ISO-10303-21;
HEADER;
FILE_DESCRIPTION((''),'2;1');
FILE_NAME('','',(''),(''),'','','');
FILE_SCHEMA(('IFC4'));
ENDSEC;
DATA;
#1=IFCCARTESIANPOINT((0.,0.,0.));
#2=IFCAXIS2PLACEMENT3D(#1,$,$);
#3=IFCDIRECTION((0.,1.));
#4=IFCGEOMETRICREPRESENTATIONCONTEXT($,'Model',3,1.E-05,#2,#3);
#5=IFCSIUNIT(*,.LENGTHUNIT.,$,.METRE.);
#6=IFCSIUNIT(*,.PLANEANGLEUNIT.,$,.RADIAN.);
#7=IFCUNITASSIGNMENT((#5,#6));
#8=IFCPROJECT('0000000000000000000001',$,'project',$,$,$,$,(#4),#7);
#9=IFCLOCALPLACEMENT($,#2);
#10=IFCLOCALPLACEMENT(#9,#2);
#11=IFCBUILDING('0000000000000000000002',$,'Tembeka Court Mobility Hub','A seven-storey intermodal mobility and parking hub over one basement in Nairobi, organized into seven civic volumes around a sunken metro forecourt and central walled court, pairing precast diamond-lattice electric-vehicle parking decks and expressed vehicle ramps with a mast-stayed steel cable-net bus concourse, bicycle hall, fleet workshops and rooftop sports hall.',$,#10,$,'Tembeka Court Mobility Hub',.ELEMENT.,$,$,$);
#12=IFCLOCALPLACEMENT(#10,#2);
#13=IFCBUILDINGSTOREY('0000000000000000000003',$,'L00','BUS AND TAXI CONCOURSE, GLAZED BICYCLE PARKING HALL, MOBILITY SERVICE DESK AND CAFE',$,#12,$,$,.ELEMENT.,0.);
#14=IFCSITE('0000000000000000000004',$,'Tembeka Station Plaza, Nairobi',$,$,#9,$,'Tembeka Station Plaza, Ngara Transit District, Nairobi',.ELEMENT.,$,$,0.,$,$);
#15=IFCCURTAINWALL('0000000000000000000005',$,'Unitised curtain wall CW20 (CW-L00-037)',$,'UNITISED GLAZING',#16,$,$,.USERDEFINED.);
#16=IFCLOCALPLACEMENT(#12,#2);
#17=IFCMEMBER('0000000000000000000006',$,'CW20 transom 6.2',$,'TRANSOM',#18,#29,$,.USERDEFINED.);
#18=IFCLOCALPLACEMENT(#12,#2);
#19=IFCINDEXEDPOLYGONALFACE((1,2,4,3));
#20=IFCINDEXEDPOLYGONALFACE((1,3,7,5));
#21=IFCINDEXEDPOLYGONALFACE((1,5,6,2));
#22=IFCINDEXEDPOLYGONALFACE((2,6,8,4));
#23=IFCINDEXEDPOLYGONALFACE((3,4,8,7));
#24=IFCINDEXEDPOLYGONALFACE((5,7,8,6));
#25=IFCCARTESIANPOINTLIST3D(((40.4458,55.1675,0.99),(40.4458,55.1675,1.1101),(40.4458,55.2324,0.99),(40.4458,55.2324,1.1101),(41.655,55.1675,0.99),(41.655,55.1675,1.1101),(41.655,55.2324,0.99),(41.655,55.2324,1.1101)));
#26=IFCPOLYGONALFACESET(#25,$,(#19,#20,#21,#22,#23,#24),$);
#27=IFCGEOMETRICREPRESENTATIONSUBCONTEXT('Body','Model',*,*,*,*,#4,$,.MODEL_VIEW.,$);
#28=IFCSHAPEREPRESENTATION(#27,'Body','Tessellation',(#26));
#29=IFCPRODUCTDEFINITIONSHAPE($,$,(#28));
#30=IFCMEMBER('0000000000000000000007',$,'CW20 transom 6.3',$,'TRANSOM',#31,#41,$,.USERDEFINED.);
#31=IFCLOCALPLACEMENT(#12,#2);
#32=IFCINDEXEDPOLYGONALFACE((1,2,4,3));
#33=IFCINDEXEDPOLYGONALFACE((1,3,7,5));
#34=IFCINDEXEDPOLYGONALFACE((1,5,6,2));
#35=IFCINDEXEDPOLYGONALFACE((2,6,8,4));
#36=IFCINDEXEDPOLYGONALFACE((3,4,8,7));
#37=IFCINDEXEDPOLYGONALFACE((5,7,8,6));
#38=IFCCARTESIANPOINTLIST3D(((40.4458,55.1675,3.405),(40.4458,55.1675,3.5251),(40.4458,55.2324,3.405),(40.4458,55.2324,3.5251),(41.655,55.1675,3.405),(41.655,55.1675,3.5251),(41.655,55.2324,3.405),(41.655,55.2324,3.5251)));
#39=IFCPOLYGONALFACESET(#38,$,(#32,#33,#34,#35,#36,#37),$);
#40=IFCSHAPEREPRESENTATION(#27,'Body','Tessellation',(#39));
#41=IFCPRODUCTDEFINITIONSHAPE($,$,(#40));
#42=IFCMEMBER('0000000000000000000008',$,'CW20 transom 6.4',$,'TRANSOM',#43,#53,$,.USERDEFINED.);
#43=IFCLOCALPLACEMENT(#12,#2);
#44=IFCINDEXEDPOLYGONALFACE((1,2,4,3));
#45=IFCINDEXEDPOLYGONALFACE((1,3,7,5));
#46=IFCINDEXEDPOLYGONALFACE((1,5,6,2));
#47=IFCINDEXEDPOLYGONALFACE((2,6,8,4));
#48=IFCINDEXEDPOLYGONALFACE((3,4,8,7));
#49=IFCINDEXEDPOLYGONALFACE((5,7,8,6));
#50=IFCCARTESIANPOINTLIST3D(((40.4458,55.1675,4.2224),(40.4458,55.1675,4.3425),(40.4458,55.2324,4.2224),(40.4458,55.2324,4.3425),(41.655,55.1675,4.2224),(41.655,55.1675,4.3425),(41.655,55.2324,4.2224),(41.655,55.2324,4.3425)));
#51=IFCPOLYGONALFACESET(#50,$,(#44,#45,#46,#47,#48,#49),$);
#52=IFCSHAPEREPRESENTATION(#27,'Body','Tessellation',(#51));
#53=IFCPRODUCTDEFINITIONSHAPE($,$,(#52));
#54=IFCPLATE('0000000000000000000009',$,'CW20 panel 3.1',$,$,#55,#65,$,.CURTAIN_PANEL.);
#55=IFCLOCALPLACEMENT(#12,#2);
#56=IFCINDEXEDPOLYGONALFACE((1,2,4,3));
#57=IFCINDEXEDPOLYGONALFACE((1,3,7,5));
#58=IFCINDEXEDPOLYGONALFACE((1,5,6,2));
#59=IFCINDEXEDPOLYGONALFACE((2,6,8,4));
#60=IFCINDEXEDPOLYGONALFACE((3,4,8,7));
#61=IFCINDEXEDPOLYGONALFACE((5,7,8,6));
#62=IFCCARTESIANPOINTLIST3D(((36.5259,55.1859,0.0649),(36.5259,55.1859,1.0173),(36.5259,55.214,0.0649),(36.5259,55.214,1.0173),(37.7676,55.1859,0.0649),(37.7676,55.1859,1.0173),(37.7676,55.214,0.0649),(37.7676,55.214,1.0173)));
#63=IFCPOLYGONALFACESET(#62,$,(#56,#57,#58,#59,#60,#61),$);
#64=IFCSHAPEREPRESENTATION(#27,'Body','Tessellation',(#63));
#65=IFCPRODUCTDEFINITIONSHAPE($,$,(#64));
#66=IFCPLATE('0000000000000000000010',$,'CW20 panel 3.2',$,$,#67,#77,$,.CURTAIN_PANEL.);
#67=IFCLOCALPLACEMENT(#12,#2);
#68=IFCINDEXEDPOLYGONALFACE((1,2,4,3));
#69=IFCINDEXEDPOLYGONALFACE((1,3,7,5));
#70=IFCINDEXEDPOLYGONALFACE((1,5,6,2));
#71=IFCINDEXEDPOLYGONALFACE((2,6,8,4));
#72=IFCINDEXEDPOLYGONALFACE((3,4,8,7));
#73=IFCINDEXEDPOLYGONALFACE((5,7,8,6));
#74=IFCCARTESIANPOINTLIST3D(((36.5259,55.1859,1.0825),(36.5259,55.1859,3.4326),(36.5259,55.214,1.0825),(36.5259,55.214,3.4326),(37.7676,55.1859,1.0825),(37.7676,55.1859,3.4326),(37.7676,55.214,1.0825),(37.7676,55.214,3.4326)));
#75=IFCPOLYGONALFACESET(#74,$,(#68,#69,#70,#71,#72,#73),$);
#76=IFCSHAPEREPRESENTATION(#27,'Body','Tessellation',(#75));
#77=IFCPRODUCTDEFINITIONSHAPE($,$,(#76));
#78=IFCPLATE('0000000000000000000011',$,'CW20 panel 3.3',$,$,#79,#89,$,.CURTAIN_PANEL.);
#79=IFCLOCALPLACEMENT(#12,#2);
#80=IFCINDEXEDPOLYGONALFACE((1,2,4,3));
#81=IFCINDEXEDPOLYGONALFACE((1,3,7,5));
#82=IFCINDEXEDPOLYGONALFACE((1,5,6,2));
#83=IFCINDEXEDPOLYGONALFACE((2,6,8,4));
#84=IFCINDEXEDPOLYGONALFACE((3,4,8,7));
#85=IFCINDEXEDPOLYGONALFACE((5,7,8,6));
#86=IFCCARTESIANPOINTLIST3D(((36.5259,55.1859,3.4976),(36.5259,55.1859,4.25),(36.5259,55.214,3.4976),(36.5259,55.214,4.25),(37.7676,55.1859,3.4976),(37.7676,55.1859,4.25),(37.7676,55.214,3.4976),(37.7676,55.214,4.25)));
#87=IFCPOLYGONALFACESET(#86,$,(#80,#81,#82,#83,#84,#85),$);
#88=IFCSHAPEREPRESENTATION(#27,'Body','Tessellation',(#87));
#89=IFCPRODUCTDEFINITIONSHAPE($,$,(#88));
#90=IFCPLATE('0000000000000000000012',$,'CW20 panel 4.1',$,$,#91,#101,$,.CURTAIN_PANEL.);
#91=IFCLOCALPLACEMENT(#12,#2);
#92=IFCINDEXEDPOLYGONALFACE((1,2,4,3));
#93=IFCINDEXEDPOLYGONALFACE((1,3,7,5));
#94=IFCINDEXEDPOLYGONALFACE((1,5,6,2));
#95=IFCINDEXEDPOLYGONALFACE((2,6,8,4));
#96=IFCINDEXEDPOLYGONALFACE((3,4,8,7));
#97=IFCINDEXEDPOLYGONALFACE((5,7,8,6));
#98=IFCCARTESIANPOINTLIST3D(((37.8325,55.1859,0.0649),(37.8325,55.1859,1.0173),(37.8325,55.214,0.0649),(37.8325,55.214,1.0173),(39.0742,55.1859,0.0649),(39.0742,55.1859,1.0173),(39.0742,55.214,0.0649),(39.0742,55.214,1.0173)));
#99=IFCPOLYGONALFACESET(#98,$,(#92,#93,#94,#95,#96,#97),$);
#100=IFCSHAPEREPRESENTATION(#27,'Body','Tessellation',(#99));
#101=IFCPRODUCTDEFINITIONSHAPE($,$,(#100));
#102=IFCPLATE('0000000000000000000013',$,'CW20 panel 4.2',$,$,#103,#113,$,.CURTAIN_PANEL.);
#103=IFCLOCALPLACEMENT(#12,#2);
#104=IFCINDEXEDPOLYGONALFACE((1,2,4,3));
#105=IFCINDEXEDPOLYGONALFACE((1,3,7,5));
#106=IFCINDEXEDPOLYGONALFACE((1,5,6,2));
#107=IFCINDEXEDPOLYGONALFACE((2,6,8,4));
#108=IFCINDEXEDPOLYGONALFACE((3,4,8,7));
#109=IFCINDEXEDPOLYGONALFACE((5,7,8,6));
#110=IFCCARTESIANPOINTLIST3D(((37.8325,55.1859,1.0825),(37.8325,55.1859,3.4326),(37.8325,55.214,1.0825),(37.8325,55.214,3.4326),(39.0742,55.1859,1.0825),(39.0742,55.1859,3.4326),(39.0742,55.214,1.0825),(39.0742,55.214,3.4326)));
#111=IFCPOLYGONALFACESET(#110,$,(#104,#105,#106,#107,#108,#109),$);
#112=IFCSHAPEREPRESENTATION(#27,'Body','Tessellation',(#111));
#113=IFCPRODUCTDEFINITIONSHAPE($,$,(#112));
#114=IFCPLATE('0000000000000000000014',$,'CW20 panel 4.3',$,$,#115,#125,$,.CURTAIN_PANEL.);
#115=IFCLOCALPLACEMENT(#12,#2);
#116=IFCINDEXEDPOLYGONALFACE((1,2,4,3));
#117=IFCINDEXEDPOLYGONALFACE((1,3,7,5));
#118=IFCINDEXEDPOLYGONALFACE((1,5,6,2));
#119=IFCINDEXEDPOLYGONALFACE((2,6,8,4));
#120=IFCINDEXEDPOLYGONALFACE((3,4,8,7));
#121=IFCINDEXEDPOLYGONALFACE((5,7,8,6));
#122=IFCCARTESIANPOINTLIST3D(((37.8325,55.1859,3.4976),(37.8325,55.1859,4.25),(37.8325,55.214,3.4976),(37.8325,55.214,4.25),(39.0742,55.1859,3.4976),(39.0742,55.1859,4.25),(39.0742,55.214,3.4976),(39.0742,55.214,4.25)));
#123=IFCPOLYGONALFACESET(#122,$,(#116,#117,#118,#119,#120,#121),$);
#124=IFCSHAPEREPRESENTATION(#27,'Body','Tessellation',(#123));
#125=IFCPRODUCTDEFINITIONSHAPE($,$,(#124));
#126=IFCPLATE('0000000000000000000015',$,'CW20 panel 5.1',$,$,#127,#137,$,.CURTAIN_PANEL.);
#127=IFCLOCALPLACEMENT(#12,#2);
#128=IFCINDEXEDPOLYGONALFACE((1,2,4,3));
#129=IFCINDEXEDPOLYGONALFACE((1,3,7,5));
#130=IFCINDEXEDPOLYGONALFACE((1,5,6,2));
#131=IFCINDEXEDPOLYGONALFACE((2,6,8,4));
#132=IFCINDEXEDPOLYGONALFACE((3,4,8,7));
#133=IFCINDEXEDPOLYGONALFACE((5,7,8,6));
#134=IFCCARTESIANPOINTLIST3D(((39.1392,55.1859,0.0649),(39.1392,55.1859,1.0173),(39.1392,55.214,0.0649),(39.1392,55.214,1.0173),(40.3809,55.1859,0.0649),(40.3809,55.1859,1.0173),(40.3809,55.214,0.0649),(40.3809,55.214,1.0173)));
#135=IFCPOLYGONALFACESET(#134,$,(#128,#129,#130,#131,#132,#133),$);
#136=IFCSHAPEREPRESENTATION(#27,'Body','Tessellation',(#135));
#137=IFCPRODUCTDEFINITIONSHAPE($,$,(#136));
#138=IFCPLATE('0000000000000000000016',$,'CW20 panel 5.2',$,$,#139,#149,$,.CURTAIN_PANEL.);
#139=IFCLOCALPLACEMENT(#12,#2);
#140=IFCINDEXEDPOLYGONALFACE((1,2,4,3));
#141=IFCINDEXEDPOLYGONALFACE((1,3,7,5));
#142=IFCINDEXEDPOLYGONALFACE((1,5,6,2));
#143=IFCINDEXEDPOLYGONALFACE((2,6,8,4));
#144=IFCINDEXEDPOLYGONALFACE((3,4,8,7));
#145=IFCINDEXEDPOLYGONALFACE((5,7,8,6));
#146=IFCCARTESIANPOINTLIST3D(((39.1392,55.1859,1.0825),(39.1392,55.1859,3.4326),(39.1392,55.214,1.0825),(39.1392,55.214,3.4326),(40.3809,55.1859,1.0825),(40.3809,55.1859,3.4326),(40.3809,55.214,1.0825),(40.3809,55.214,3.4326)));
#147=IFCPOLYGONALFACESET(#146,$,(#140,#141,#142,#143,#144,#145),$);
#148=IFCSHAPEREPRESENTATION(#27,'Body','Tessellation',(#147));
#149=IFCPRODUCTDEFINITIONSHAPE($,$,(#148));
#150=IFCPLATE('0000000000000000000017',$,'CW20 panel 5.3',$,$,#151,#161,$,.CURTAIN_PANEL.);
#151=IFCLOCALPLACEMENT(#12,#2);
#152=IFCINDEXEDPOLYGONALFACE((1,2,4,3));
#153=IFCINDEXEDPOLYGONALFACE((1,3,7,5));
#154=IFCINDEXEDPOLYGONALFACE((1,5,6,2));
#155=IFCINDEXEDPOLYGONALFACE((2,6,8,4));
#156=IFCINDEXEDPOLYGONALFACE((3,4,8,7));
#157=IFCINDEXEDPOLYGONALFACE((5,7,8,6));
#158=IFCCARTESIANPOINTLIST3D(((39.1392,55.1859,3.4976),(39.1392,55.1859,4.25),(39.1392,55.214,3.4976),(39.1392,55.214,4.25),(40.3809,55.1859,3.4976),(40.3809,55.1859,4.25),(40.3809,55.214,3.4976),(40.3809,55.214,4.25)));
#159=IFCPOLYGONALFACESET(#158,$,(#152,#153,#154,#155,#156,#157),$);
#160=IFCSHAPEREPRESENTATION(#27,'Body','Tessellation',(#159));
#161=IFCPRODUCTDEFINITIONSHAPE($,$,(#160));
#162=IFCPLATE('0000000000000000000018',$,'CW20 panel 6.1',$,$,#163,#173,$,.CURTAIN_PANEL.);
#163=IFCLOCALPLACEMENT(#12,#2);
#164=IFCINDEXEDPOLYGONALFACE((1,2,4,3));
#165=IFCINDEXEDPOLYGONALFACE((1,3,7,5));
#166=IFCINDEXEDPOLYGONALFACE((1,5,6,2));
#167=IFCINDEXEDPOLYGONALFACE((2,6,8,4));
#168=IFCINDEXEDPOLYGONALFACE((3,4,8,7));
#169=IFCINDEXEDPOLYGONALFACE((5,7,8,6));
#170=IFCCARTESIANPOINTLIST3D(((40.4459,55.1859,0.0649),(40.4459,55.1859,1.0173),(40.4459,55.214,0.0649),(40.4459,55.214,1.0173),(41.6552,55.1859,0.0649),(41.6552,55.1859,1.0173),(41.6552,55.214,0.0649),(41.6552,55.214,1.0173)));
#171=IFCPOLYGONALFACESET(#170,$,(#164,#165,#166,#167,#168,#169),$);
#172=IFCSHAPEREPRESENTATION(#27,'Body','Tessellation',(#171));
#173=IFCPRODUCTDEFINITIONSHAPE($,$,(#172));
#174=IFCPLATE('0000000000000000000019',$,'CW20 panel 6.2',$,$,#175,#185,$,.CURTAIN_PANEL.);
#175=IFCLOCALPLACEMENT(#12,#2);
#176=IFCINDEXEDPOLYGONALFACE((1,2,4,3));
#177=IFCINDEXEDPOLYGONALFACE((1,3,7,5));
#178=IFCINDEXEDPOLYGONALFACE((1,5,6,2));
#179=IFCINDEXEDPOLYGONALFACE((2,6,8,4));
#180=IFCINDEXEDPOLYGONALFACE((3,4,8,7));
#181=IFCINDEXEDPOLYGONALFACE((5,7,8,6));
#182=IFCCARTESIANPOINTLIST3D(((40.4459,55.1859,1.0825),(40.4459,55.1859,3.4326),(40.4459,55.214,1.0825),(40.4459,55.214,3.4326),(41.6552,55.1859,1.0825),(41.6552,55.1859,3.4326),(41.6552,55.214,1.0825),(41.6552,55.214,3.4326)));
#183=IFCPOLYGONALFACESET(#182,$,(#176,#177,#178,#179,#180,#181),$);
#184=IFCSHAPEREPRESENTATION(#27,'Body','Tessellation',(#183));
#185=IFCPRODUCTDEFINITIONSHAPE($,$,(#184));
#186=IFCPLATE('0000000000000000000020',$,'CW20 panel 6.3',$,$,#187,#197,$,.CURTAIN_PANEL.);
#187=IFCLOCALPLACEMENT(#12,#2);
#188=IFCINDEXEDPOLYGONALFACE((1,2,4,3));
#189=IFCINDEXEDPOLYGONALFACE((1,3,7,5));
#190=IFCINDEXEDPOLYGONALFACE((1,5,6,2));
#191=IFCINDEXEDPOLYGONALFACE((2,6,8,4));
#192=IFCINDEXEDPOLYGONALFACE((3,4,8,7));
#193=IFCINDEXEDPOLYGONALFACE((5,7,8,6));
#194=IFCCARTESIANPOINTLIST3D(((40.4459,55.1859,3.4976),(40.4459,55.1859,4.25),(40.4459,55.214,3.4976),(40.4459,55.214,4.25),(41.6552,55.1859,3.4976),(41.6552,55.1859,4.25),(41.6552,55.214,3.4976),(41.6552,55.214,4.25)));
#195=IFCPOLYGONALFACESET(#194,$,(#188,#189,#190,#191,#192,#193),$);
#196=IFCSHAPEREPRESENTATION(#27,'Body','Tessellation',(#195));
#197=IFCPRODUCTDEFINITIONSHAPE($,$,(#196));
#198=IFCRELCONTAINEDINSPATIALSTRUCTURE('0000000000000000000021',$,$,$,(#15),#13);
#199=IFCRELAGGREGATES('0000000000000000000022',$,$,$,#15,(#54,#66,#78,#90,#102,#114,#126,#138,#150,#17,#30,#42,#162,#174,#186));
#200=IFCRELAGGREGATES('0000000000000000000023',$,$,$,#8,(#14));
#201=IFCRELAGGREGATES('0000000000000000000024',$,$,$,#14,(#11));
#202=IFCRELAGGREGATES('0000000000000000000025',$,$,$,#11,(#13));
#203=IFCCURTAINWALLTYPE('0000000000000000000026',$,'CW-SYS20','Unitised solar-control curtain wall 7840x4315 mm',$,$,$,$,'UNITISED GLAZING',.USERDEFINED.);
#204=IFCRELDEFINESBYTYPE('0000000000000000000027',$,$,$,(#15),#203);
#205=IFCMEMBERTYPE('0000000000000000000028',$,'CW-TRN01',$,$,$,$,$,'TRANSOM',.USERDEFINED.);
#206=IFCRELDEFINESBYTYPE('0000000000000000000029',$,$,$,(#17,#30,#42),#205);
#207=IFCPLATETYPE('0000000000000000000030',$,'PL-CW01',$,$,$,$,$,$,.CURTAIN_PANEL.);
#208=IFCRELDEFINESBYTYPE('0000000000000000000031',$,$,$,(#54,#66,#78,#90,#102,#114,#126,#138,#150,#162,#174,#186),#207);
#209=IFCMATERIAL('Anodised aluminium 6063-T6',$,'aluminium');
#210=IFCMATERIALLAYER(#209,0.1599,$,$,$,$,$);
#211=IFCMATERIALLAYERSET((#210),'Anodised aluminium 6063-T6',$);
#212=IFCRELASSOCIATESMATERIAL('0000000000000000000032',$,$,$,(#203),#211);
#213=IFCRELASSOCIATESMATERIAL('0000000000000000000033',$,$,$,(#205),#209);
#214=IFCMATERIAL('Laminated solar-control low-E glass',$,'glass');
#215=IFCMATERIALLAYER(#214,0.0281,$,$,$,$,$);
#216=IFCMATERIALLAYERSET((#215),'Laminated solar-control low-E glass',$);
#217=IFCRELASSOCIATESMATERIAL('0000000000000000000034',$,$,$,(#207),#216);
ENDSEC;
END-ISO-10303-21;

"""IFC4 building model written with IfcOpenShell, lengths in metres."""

from ifc_helpers import new_model, si_unit, direction, frame, origin, origin_2d, place, context, subcontext, project, spatial, rectangle, extrude, material, layer, layer_set, material_profile, profile_set, type_object, element, aggregate, save


model = new_model("IFC4")

# Units and contexts
model_context = context("Model", 3, precision=1e-05, world=origin(), true_north=direction((0.0, 1.0)))
body_context = subcontext(model_context, "Body", "Model", "MODEL_VIEW")
ifc_project = project(units=[si_unit("LENGTHUNIT", "METRE"), si_unit("PLANEANGLEUNIT", "RADIAN")], contexts=[model_context])

# Site, building, storey
site_placement = place(None, origin())
site = spatial("IfcSite", under=ifc_project, at=site_placement, Name="Tembeka Station Plaza, Nairobi", LongName="Tembeka Station Plaza, Ngara Transit District, Nairobi", CompositionType="ELEMENT", RefElevation=0.0)
building_placement = place(site_placement, origin())
building = spatial("IfcBuilding", under=site, at=building_placement, Name="Tembeka Court Mobility Hub", Description="A seven-storey intermodal mobility and parking hub over one basement in Nairobi, organized into seven civic volumes around a sunken metro forecourt and central walled court, pairing precast diamond-lattice electric-vehicle parking decks and expressed vehicle ramps with a mast-stayed steel cable-net bus concourse, bicycle hall, fleet workshops and rooftop sports hall.", LongName="Tembeka Court Mobility Hub", CompositionType="ELEMENT")
storey_placement = place(building_placement, origin())
storey = spatial("IfcBuildingStorey", under=building, at=storey_placement, Name="L00", Description="BUS AND TAXI CONCOURSE, GLAZED BICYCLE PARKING HALL, MOBILITY SERVICE DESK AND CAFE", CompositionType="ELEMENT", Elevation=0.0)

# Curtain wall, members, plates
ifc_material_1 = material(Name="Anodised aluminium 6063-T6", Category="aluminium")
ifc_layer_1 = layer(ifc_material_1, 0.1599)
ifc_layer_set_1 = layer_set([ifc_layer_1], Name="Anodised aluminium 6063-T6")
curtain_wall_type = type_object("IfcCurtainWallType", Name="CW-SYS20", Description="Unitised solar-control curtain wall 7840x4315 mm", ElementType="UNITISED GLAZING", PredefinedType="USERDEFINED", material=ifc_layer_set_1)
curtain_wall_placement = place(storey_placement, origin())
curtain_wall = element("IfcCurtainWall", 1, at=curtain_wall_placement, inside=storey, type_object=curtain_wall_type, Name="Unitised curtain wall CW20 (CW-L00-037)", ObjectType="UNITISED GLAZING", PredefinedType="USERDEFINED")
ifc_material_profile_1 = material_profile(ifc_material_1, rectangle(XDim=0.0649, YDim=0.1201, at=origin_2d()), Name="ALU-TRN 65x120")
ifc_profile_set_1 = profile_set([ifc_material_profile_1], Name="Anodised aluminium 6063-T6")
member_type_1 = type_object("IfcMemberType", Name="CW-TRN01", ElementType="TRANSOM", PredefinedType="USERDEFINED", material=ifc_profile_set_1)
member_1_placement = place(storey_placement, frame((40.4458, 55.2, 1.05), z_axis=(1.0, 0.0, 0.0), x_axis=(0.0, 1.0, 0.0)))
member_1 = element("IfcMember", 2, at=member_1_placement, type_object=member_type_1, Name="CW20 transom 6.2", ObjectType="TRANSOM", PredefinedType="USERDEFINED", context=body_context, shape_type="SweptSolid", body=[
    extrude(rectangle(XDim=0.0649, YDim=0.1201, at=origin_2d()), origin(), (0.0, 0.0, 1.0), 1.2092),
])
member_2_placement = place(storey_placement, frame((40.4458, 55.2, 3.4651), z_axis=(1.0, 0.0, 0.0), x_axis=(0.0, 1.0, 0.0)))
member_2 = element("IfcMember", 3, at=member_2_placement, type_object=member_type_1, Name="CW20 transom 6.3", ObjectType="TRANSOM", PredefinedType="USERDEFINED", context=body_context, shape_type="SweptSolid", body=[
    extrude(rectangle(XDim=0.0649, YDim=0.1201, at=origin_2d()), origin(), (0.0, 0.0, 1.0), 1.2092),
])
member_3_placement = place(storey_placement, frame((40.4458, 55.2, 4.2825), z_axis=(1.0, 0.0, 0.0), x_axis=(0.0, 1.0, 0.0)))
member_3 = element("IfcMember", 4, at=member_3_placement, type_object=member_type_1, Name="CW20 transom 6.4", ObjectType="TRANSOM", PredefinedType="USERDEFINED", context=body_context, shape_type="SweptSolid", body=[
    extrude(rectangle(XDim=0.0649, YDim=0.1201, at=origin_2d()), origin(), (0.0, 0.0, 1.0), 1.2092),
])
ifc_material_2 = material(Name="Laminated solar-control low-E glass", Category="glass")
ifc_layer_2 = layer(ifc_material_2, 0.0281)
ifc_layer_set_2 = layer_set([ifc_layer_2], Name="Laminated solar-control low-E glass")
plate_type = type_object("IfcPlateType", Name="PL-CW01", PredefinedType="CURTAIN_PANEL", material=ifc_layer_set_2)
plate_1_placement = place(storey_placement, frame((37.1467, 55.2, 0.0649), z_axis=(0.0, 0.0, 1.0), x_axis=(1.0, 0.0, 0.0)))
plate_1 = element("IfcPlate", 5, at=plate_1_placement, type_object=plate_type, Name="CW20 panel 3.1", PredefinedType="CURTAIN_PANEL", context=body_context, shape_type="SweptSolid", body=[
    extrude(rectangle(XDim=1.2417, YDim=0.0281, at=origin_2d()), origin(), (0.0, 0.0, 1.0), 0.9524),
])
plate_2_placement = place(storey_placement, frame((37.1467, 55.2, 1.0825), z_axis=(0.0, 0.0, 1.0), x_axis=(1.0, 0.0, 0.0)))
plate_2 = element("IfcPlate", 6, at=plate_2_placement, type_object=plate_type, Name="CW20 panel 3.2", PredefinedType="CURTAIN_PANEL", context=body_context, shape_type="SweptSolid", body=[
    extrude(rectangle(XDim=1.2417, YDim=0.0281, at=origin_2d()), origin(), (0.0, 0.0, 1.0), 2.3501),
])
plate_3_placement = place(storey_placement, frame((37.1467, 55.2, 3.4976), z_axis=(0.0, 0.0, 1.0), x_axis=(1.0, 0.0, 0.0)))
plate_3 = element("IfcPlate", 7, at=plate_3_placement, type_object=plate_type, Name="CW20 panel 3.3", PredefinedType="CURTAIN_PANEL", context=body_context, shape_type="SweptSolid", body=[
    extrude(rectangle(XDim=1.2417, YDim=0.0281, at=origin_2d()), origin(), (0.0, 0.0, 1.0), 0.7524),
])
plate_4_placement = place(storey_placement, frame((38.4534, 55.2, 0.0649), z_axis=(0.0, 0.0, 1.0), x_axis=(1.0, 0.0, 0.0)))
plate_4 = element("IfcPlate", 8, at=plate_4_placement, type_object=plate_type, Name="CW20 panel 4.1", PredefinedType="CURTAIN_PANEL", context=body_context, shape_type="SweptSolid", body=[
    extrude(rectangle(XDim=1.2417, YDim=0.0281, at=origin_2d()), origin(), (0.0, 0.0, 1.0), 0.9524),
])
plate_5_placement = place(storey_placement, frame((38.4534, 55.2, 1.0825), z_axis=(0.0, 0.0, 1.0), x_axis=(1.0, 0.0, 0.0)))
plate_5 = element("IfcPlate", 9, at=plate_5_placement, type_object=plate_type, Name="CW20 panel 4.2", PredefinedType="CURTAIN_PANEL", context=body_context, shape_type="SweptSolid", body=[
    extrude(rectangle(XDim=1.2417, YDim=0.0281, at=origin_2d()), origin(), (0.0, 0.0, 1.0), 2.3501),
])
plate_6_placement = place(storey_placement, frame((38.4534, 55.2, 3.4976), z_axis=(0.0, 0.0, 1.0), x_axis=(1.0, 0.0, 0.0)))
plate_6 = element("IfcPlate", 10, at=plate_6_placement, type_object=plate_type, Name="CW20 panel 4.3", PredefinedType="CURTAIN_PANEL", context=body_context, shape_type="SweptSolid", body=[
    extrude(rectangle(XDim=1.2417, YDim=0.0281, at=origin_2d()), origin(), (0.0, 0.0, 1.0), 0.7524),
])
plate_7_placement = place(storey_placement, frame((39.76, 55.2, 0.0649), z_axis=(0.0, 0.0, 1.0), x_axis=(1.0, 0.0, 0.0)))
plate_7 = element("IfcPlate", 11, at=plate_7_placement, type_object=plate_type, Name="CW20 panel 5.1", PredefinedType="CURTAIN_PANEL", context=body_context, shape_type="SweptSolid", body=[
    extrude(rectangle(XDim=1.2417, YDim=0.0281, at=origin_2d()), origin(), (0.0, 0.0, 1.0), 0.9524),
])
plate_8_placement = place(storey_placement, frame((39.76, 55.2, 1.0825), z_axis=(0.0, 0.0, 1.0), x_axis=(1.0, 0.0, 0.0)))
plate_8 = element("IfcPlate", 12, at=plate_8_placement, type_object=plate_type, Name="CW20 panel 5.2", PredefinedType="CURTAIN_PANEL", context=body_context, shape_type="SweptSolid", body=[
    extrude(rectangle(XDim=1.2417, YDim=0.0281, at=origin_2d()), origin(), (0.0, 0.0, 1.0), 2.3501),
])
plate_9_placement = place(storey_placement, frame((39.76, 55.2, 3.4976), z_axis=(0.0, 0.0, 1.0), x_axis=(1.0, 0.0, 0.0)))
plate_9 = element("IfcPlate", 13, at=plate_9_placement, type_object=plate_type, Name="CW20 panel 5.3", PredefinedType="CURTAIN_PANEL", context=body_context, shape_type="SweptSolid", body=[
    extrude(rectangle(XDim=1.2417, YDim=0.0281, at=origin_2d()), origin(), (0.0, 0.0, 1.0), 0.7524),
])
plate_10_placement = place(storey_placement, frame((41.0505, 55.2, 0.0649), z_axis=(0.0, 0.0, 1.0), x_axis=(1.0, 0.0, 0.0)))
plate_10 = element("IfcPlate", 14, at=plate_10_placement, type_object=plate_type, Name="CW20 panel 6.1", PredefinedType="CURTAIN_PANEL", context=body_context, shape_type="SweptSolid", body=[
    extrude(rectangle(XDim=1.2092, YDim=0.0281, at=origin_2d()), origin(), (0.0, 0.0, 1.0), 0.9524),
])
plate_11_placement = place(storey_placement, frame((41.0505, 55.2, 1.0825), z_axis=(0.0, 0.0, 1.0), x_axis=(1.0, 0.0, 0.0)))
plate_11 = element("IfcPlate", 15, at=plate_11_placement, type_object=plate_type, Name="CW20 panel 6.2", PredefinedType="CURTAIN_PANEL", context=body_context, shape_type="SweptSolid", body=[
    extrude(rectangle(XDim=1.2092, YDim=0.0281, at=origin_2d()), origin(), (0.0, 0.0, 1.0), 2.3501),
])
plate_12_placement = place(storey_placement, frame((41.0505, 55.2, 3.4976), z_axis=(0.0, 0.0, 1.0), x_axis=(1.0, 0.0, 0.0)))
plate_12 = element("IfcPlate", 16, at=plate_12_placement, type_object=plate_type, Name="CW20 panel 6.3", PredefinedType="CURTAIN_PANEL", context=body_context, shape_type="SweptSolid", body=[
    extrude(rectangle(XDim=1.2092, YDim=0.0281, at=origin_2d()), origin(), (0.0, 0.0, 1.0), 0.7524),
])
aggregate(curtain_wall, [plate_1, plate_2, plate_3, plate_4, plate_5, plate_6, plate_7, plate_8, plate_9, member_1, member_2, member_3, plate_10, plate_11, plate_12])

save(model, "model.ifc")
